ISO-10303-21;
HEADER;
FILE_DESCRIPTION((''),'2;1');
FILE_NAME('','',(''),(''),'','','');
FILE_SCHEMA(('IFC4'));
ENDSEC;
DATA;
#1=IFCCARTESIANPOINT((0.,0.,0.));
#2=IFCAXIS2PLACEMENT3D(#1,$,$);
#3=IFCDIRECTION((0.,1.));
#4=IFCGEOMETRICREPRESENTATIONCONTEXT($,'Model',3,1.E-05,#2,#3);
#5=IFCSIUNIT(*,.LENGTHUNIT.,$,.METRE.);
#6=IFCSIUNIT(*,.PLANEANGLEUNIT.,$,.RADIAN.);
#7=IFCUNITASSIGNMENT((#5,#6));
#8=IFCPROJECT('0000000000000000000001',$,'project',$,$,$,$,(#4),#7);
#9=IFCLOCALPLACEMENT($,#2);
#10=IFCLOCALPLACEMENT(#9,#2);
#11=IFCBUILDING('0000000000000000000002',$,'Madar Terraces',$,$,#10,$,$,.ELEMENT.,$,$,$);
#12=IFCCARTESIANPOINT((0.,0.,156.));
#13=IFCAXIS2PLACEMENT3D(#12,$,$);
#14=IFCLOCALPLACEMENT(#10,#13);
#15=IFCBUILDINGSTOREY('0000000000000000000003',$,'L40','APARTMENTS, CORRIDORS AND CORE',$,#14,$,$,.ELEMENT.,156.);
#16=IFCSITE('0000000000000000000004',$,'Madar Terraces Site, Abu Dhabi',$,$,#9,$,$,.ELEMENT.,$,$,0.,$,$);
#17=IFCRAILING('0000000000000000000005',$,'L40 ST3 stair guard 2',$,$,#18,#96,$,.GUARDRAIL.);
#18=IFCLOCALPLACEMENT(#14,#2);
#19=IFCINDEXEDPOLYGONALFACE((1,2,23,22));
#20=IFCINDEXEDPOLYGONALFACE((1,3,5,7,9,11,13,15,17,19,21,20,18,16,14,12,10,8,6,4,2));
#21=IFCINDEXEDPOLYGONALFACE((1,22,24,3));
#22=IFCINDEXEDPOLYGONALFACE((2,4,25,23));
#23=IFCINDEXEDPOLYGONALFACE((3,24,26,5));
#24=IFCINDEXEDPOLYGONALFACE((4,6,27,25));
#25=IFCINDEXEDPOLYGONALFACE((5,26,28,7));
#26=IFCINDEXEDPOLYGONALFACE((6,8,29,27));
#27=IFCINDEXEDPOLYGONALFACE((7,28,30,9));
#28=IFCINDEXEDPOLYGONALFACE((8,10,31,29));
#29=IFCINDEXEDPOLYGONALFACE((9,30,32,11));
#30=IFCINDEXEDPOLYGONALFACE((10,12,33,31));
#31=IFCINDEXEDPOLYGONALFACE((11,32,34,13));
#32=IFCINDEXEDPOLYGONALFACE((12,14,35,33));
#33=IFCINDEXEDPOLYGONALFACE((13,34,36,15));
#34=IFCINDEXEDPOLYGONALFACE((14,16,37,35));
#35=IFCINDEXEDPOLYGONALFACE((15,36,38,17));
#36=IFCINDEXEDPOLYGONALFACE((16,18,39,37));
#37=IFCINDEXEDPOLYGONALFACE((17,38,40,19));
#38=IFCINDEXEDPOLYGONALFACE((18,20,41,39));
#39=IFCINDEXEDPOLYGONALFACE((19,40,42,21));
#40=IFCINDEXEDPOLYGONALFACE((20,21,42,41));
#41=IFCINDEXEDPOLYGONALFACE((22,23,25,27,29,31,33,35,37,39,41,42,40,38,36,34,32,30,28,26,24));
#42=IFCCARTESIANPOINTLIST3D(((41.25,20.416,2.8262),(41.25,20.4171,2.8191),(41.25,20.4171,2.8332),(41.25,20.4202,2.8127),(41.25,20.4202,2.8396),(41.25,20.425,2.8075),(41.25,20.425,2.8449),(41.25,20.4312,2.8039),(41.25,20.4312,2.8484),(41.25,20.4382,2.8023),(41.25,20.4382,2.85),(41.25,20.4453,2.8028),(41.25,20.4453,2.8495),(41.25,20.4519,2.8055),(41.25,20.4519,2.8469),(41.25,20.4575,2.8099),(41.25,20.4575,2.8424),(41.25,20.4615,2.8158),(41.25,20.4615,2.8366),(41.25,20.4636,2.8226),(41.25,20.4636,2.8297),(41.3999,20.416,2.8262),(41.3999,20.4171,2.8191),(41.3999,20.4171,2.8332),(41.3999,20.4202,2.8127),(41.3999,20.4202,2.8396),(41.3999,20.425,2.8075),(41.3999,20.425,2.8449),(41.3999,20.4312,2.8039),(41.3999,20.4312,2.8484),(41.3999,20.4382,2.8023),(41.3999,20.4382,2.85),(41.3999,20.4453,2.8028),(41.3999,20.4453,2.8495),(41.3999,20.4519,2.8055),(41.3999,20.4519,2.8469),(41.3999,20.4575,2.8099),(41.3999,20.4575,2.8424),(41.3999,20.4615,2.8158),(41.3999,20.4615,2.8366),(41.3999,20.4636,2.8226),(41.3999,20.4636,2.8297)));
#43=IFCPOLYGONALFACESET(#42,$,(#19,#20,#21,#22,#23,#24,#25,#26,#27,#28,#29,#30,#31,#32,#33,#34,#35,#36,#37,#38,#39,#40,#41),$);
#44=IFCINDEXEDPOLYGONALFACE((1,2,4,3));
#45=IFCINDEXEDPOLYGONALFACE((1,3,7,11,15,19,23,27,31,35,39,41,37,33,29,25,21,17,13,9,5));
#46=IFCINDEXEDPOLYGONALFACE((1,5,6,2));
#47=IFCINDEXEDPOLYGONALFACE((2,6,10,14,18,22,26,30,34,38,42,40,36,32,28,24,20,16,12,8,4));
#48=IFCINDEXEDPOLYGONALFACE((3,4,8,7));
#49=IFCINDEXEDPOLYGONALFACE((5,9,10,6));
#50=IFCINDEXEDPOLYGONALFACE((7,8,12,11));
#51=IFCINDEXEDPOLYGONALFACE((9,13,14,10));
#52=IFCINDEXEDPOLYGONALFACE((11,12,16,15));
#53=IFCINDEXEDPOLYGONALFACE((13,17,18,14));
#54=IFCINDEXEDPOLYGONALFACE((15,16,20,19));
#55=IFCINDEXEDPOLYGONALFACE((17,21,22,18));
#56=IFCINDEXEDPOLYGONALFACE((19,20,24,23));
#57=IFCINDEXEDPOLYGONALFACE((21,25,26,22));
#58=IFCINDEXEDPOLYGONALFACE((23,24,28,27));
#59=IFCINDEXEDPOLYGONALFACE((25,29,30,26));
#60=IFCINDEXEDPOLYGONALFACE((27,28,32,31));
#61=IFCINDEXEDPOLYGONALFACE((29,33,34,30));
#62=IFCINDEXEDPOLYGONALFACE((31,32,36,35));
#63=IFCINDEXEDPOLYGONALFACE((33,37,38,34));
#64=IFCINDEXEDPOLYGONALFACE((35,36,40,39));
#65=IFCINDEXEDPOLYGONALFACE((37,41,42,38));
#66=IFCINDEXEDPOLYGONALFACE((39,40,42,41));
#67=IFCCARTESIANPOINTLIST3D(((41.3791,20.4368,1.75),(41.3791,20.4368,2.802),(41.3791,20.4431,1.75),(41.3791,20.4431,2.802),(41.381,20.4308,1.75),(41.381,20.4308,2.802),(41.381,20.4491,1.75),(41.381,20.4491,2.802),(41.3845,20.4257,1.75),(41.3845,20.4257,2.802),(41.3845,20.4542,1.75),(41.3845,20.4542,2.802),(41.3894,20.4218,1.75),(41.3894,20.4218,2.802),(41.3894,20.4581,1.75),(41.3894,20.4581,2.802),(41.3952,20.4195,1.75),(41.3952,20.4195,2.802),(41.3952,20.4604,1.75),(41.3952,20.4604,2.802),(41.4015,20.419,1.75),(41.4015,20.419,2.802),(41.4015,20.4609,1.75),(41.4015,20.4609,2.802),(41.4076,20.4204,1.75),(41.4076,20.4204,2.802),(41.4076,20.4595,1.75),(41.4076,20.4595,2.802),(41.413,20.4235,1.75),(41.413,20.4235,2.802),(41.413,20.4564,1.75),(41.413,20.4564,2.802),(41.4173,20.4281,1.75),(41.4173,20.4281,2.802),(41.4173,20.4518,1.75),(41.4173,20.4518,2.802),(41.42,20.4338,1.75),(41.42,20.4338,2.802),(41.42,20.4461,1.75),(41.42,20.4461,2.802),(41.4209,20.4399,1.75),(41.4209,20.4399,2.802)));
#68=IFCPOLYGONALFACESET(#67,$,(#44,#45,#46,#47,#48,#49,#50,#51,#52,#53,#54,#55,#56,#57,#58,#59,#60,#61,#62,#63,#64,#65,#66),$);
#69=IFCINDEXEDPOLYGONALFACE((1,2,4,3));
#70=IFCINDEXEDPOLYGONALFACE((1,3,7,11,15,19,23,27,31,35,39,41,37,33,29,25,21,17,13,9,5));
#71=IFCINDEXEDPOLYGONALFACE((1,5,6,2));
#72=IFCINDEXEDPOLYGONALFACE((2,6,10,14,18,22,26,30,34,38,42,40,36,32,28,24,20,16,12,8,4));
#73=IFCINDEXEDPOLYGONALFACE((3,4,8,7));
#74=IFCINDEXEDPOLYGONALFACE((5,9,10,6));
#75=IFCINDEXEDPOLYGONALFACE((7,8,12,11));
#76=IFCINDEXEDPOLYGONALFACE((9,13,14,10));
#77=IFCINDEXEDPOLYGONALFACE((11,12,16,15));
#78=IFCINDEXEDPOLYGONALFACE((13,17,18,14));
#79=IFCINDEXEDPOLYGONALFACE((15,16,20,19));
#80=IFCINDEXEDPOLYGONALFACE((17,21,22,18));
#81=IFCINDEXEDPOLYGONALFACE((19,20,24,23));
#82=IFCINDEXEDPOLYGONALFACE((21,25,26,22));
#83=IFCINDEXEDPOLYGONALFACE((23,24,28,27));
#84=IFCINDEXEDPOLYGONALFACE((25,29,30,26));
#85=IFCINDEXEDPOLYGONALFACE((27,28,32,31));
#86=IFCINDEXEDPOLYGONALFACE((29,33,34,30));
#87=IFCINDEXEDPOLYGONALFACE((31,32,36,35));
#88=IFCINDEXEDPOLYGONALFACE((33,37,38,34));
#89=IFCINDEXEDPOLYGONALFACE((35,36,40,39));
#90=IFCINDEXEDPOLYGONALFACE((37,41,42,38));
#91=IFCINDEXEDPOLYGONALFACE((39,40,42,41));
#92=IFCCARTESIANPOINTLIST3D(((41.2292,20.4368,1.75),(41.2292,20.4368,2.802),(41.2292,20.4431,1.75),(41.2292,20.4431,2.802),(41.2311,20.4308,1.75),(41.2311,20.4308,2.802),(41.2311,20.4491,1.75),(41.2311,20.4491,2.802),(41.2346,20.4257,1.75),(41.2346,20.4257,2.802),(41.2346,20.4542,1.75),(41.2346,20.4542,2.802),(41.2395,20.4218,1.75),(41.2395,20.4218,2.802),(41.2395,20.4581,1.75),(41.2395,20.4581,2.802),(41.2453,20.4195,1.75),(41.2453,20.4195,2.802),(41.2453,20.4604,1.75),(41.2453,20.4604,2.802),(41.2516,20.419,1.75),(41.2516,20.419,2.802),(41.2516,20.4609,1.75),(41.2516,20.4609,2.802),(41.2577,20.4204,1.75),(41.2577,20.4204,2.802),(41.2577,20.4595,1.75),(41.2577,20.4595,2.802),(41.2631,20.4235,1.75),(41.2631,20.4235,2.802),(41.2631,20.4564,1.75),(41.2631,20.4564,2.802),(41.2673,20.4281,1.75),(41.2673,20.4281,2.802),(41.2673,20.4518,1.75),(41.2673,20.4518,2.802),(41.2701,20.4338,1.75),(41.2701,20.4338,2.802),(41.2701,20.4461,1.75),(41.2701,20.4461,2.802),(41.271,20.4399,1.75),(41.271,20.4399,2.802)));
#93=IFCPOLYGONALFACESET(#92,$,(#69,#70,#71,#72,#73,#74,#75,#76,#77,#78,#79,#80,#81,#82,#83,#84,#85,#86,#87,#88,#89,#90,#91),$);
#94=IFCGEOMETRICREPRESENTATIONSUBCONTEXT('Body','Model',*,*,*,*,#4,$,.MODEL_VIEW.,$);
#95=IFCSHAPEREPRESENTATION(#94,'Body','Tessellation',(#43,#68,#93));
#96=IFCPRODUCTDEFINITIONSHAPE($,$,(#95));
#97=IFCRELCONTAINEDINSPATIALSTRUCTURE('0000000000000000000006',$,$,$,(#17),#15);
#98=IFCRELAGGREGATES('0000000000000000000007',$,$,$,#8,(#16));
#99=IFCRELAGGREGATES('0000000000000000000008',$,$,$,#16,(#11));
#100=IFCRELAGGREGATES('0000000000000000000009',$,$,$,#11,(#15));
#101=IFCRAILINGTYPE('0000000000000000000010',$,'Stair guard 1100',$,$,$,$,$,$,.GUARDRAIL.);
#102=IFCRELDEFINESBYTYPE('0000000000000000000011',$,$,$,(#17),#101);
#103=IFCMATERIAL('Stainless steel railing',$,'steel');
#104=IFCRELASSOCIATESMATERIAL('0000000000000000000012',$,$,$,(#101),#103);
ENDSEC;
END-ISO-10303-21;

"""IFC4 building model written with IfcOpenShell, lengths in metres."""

from ifc_helpers import new_model, si_unit, direction, frame, origin, origin_2d, place, context, subcontext, project, spatial, circle, extrude, material, type_object, element, save


model = new_model("IFC4")

# Units and contexts
model_context = context("Model", 3, precision=1e-05, world=origin(), true_north=direction((0.0, 1.0)))
body_context = subcontext(model_context, "Body", "Model", "MODEL_VIEW")
ifc_project = project(units=[si_unit("LENGTHUNIT", "METRE"), si_unit("PLANEANGLEUNIT", "RADIAN")], contexts=[model_context])

# Site, building, storey
site_placement = place(None, origin())
site = spatial("IfcSite", under=ifc_project, at=site_placement, Name="Madar Terraces Site, Abu Dhabi", CompositionType="ELEMENT", RefElevation=0.0)
building_placement = place(site_placement, origin())
building = spatial("IfcBuilding", under=site, at=building_placement, Name="Madar Terraces", CompositionType="ELEMENT")
storey_placement = place(building_placement, frame((0.0, 0.0, 156.0)))
storey = spatial("IfcBuildingStorey", under=building, at=storey_placement, Name="L40", Description="APARTMENTS, CORRIDORS AND CORE", CompositionType="ELEMENT", Elevation=156.0)

# Railing
ifc_material_1 = material(Name="Stainless steel railing", Category="steel")
railing_type_1 = type_object("IfcRailingType", Name="Stair guard 1100", PredefinedType="GUARDRAIL", material=ifc_material_1)
railing_1_placement = place(storey_placement, frame((41.3999, 20.4399, 1.75)))
element("IfcRailing", 1, at=railing_1_placement, inside=storey, type_object=railing_type_1, Name="L40 ST3 stair guard 2", PredefinedType="GUARDRAIL", context=body_context, shape_type="SweptSolid", body=[
    extrude(circle(Radius=0.0239, at=origin_2d()), frame((0.0, 0.0, 1.0762), z_axis=(-1.0, 0.0, 0.0), x_axis=(0.0, -1.0, 0.0)), (0.0, 0.0, 1.0), 0.1499),
    extrude(circle(Radius=0.021, at=origin_2d()), origin(), (0.0, 0.0, 1.0), 1.052),
    extrude(circle(Radius=0.021, at=origin_2d()), frame((-0.1499, 0.0, 0.0)), (0.0, 0.0, 1.0), 1.052),
])

save(model, "model.ifc")
